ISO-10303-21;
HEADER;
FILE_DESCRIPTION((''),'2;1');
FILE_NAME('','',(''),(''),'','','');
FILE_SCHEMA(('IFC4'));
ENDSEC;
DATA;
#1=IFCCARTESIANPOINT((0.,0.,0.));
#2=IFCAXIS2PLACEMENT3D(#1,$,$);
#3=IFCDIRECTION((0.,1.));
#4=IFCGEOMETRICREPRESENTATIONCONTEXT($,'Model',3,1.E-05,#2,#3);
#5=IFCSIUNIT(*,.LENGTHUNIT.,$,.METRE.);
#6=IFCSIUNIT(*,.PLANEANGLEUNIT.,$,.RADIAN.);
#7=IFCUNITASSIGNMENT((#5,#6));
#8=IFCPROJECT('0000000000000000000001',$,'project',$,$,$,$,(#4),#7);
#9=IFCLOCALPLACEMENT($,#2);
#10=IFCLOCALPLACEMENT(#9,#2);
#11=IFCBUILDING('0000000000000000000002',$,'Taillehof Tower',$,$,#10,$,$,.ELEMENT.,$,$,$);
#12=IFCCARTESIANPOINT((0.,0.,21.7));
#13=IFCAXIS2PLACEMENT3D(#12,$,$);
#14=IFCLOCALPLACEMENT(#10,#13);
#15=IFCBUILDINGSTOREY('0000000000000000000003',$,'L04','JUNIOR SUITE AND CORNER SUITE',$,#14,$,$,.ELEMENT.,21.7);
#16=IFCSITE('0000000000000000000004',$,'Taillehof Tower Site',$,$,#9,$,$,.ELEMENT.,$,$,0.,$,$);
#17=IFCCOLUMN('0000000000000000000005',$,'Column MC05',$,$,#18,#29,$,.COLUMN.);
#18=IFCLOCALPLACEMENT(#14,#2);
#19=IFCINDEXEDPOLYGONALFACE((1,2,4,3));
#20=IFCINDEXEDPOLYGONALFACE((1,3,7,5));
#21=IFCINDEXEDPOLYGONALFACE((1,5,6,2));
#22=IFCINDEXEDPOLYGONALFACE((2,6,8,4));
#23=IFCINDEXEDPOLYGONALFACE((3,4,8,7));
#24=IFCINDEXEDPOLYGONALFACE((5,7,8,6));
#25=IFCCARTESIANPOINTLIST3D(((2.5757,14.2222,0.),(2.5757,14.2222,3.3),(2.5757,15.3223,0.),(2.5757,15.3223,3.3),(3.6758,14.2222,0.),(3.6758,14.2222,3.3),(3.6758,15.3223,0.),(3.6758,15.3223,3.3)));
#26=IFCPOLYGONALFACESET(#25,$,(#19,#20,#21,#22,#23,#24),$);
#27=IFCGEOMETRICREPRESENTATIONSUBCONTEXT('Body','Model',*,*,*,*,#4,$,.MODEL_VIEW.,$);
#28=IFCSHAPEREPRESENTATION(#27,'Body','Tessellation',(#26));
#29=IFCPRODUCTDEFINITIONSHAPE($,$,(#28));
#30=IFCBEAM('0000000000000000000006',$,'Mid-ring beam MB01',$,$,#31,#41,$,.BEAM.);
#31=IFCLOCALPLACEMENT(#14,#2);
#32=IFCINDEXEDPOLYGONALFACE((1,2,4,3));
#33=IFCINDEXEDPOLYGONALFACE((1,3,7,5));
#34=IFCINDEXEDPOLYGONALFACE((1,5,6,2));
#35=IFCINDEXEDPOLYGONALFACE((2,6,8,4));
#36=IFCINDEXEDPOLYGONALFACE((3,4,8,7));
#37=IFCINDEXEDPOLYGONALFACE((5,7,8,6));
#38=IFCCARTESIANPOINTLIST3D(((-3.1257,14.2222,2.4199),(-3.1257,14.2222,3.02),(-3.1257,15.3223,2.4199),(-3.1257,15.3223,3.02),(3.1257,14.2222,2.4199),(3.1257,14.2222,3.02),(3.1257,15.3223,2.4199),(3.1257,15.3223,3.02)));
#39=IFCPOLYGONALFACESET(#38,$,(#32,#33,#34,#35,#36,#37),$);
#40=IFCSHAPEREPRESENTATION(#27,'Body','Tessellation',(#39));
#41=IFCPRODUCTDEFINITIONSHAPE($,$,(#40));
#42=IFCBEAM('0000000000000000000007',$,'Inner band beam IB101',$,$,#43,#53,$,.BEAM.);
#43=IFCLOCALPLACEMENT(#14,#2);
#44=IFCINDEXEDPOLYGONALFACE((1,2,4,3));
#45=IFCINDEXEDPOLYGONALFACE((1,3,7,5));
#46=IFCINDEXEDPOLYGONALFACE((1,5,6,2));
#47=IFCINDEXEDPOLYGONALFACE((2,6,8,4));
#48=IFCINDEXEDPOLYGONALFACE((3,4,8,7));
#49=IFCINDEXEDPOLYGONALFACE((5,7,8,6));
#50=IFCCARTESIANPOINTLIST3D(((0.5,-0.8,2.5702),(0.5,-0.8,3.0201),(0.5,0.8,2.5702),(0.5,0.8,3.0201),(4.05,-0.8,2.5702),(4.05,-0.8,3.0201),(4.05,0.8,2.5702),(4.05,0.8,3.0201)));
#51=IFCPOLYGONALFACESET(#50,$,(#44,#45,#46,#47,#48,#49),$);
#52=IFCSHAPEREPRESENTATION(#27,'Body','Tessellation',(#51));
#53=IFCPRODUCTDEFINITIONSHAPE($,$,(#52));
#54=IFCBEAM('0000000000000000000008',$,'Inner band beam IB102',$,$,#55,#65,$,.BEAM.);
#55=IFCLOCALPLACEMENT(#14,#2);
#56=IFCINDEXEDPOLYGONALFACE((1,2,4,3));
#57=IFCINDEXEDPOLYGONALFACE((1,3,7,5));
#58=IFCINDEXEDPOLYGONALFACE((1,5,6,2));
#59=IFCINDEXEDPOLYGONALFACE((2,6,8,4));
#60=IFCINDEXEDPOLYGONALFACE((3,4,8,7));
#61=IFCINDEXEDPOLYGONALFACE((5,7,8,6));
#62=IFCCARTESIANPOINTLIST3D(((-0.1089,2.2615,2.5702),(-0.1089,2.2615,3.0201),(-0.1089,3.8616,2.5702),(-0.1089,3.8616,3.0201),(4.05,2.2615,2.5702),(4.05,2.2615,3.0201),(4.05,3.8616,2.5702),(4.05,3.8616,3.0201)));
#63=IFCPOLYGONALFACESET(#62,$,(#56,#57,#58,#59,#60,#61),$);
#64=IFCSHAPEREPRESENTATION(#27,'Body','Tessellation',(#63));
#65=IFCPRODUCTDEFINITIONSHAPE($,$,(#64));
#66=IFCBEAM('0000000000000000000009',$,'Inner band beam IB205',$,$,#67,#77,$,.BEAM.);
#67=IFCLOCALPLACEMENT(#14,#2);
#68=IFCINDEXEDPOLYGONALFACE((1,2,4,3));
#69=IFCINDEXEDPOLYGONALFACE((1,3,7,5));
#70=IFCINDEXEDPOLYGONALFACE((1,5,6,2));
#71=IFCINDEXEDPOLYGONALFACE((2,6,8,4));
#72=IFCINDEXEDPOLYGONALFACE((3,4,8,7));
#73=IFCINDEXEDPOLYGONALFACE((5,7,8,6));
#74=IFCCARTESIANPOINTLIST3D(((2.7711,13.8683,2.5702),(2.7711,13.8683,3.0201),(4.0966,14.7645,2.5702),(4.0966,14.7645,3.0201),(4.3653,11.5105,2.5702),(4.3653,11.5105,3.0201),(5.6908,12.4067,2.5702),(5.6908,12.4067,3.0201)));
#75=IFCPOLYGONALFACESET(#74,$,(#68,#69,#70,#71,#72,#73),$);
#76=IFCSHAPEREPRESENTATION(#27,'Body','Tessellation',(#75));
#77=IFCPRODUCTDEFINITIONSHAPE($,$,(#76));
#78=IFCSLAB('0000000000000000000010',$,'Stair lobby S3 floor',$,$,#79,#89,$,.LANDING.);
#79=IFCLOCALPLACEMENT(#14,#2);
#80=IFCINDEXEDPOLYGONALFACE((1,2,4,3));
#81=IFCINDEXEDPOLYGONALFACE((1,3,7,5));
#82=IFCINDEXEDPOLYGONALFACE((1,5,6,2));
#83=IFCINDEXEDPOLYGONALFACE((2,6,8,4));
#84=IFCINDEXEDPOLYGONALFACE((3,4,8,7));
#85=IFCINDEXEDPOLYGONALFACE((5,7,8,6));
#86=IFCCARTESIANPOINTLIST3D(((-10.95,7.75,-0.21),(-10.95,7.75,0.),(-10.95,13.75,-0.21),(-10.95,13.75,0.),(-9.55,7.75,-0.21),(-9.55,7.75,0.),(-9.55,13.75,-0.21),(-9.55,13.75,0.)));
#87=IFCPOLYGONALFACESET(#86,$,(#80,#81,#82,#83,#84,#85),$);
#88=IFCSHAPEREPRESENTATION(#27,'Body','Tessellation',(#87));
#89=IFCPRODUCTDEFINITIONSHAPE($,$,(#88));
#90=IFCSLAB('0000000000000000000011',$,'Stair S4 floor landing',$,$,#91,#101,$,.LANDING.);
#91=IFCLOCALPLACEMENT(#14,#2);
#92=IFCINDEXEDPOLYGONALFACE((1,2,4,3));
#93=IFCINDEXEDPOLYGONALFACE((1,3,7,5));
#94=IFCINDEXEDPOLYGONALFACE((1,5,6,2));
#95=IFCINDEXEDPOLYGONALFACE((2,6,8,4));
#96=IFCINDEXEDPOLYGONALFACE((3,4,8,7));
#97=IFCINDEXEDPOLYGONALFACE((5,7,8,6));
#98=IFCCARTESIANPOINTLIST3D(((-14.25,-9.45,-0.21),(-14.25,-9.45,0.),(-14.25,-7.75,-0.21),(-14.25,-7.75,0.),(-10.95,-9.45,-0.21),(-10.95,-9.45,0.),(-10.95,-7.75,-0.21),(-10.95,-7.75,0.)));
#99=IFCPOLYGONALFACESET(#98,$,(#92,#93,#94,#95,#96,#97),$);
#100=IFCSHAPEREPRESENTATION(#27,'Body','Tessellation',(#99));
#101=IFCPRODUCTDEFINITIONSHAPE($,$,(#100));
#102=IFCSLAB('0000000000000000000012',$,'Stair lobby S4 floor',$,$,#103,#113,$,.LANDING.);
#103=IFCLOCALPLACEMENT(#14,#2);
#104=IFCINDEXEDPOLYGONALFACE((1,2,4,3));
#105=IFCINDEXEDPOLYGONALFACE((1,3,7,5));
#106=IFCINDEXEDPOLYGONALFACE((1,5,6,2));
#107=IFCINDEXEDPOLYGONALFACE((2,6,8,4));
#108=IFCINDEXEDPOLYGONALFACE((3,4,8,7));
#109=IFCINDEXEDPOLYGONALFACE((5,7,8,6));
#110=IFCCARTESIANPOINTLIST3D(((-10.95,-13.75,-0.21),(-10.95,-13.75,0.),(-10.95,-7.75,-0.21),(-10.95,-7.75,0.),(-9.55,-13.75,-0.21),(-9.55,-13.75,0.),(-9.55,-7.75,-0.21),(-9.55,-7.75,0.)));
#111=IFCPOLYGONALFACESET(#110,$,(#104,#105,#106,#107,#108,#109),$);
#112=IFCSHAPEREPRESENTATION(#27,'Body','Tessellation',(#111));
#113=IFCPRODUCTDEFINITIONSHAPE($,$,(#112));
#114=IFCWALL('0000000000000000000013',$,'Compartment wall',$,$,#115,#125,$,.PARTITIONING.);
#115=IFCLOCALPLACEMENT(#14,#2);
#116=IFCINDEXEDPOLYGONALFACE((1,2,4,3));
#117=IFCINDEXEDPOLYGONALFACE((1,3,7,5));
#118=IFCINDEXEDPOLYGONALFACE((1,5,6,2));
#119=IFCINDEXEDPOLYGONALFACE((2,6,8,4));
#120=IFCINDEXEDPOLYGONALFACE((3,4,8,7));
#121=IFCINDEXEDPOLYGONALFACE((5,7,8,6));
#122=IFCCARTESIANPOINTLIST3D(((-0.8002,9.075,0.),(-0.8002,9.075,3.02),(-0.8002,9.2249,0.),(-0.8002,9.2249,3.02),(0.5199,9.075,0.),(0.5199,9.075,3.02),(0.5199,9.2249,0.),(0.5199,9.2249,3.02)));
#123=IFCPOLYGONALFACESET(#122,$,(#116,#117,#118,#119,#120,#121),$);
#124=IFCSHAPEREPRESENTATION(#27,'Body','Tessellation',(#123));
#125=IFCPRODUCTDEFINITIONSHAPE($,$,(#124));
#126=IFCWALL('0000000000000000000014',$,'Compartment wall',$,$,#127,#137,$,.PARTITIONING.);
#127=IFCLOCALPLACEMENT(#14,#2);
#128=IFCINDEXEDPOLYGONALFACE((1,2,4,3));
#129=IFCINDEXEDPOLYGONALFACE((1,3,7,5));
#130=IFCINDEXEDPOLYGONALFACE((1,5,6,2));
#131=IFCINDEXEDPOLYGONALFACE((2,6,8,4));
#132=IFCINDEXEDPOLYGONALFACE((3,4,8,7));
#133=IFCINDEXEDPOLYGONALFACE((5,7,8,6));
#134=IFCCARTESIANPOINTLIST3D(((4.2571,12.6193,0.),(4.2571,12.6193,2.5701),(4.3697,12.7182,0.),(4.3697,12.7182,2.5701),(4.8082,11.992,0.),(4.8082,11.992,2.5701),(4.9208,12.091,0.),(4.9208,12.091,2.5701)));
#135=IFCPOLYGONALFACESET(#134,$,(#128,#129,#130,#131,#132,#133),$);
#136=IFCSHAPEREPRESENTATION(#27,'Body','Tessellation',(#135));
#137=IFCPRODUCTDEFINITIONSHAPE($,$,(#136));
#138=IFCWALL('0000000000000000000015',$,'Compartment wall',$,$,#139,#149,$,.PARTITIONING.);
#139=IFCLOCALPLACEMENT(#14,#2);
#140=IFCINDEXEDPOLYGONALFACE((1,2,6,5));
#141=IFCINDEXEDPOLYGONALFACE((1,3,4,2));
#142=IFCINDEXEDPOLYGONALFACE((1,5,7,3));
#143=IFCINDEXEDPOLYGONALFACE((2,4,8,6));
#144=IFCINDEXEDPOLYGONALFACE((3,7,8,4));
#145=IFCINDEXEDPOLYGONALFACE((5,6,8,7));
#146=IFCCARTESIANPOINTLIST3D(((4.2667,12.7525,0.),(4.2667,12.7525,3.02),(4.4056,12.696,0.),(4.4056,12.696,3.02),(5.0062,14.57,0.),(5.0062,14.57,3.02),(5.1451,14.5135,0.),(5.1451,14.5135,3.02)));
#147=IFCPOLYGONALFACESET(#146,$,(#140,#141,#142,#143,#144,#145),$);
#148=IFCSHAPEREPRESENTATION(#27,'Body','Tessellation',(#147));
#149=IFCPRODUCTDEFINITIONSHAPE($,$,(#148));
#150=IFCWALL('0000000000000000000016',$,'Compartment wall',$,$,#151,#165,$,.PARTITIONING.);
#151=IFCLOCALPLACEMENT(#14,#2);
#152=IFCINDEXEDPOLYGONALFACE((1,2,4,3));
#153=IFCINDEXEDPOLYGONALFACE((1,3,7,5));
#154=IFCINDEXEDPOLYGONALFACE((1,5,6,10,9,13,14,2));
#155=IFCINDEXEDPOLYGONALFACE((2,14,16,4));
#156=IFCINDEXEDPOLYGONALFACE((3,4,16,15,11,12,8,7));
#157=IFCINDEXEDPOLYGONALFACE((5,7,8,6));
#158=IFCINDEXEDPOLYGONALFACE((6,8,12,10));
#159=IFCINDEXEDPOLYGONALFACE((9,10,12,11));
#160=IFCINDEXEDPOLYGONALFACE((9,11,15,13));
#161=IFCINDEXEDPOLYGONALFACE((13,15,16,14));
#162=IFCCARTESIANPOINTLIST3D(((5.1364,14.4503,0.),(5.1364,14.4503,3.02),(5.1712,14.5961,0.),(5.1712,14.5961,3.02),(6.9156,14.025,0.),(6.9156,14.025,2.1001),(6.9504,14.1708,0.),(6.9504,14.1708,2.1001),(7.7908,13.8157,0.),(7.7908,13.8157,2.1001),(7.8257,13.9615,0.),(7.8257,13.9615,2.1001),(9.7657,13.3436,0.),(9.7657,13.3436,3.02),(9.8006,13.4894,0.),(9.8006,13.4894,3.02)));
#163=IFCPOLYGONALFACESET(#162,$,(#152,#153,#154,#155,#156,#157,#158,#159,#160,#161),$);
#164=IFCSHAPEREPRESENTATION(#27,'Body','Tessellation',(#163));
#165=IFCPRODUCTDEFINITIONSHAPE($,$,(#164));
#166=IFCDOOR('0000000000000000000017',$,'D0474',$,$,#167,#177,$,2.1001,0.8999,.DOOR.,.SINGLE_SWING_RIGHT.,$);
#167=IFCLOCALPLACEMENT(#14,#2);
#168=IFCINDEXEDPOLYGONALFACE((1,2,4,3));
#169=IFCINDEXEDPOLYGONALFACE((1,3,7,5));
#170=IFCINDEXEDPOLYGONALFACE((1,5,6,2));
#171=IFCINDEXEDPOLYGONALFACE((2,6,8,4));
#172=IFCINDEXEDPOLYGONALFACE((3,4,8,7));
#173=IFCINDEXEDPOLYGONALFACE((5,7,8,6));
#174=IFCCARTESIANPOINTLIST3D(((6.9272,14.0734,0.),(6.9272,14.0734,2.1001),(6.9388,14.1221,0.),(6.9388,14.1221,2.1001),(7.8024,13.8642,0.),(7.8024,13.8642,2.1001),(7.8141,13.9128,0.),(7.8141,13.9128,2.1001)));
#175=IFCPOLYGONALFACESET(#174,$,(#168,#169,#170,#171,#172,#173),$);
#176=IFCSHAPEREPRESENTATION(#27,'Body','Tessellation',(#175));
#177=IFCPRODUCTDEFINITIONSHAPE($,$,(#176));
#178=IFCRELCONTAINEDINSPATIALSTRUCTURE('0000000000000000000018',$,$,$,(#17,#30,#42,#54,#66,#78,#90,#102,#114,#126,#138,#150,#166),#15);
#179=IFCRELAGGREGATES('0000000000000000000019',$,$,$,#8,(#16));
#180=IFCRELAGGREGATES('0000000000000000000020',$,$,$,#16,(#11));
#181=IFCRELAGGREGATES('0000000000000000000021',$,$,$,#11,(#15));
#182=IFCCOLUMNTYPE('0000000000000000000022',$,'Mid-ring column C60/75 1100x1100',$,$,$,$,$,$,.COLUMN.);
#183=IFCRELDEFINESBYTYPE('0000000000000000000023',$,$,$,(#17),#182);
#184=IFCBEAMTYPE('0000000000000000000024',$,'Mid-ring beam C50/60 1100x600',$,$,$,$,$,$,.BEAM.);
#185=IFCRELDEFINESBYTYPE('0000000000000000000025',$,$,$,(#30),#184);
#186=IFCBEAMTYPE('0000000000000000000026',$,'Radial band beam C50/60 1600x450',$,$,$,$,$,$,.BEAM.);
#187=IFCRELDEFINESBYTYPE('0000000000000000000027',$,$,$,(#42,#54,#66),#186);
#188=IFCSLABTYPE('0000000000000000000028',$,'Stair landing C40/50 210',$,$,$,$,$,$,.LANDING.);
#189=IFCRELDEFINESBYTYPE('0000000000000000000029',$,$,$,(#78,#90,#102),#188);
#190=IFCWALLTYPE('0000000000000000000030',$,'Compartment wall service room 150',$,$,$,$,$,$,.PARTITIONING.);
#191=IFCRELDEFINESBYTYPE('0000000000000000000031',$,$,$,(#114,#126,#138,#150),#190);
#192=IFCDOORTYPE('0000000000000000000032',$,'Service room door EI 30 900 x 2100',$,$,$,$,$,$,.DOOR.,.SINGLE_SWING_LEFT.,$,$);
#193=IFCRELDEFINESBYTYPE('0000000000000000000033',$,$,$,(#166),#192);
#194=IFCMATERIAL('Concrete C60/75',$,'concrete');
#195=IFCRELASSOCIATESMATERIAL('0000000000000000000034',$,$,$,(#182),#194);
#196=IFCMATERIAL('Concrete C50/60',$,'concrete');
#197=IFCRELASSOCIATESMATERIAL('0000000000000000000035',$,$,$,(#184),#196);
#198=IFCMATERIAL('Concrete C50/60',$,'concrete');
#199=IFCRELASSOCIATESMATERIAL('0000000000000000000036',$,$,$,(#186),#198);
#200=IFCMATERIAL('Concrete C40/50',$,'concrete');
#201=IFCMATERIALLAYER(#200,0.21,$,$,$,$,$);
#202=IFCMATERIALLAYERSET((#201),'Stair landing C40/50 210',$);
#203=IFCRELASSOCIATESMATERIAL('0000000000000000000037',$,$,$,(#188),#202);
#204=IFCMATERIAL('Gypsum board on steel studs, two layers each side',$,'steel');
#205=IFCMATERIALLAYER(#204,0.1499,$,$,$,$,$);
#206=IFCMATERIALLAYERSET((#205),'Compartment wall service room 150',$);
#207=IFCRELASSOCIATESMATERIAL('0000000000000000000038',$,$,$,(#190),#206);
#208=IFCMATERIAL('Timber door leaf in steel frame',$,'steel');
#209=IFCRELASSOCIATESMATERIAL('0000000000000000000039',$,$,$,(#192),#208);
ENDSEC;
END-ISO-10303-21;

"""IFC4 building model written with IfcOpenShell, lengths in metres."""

from ifc_helpers import new_model, si_unit, direction, frame, frame_2d, origin, origin_2d, place, context, subcontext, project, spatial, polyline, rectangle, outline, extrude, material, layer, layer_set, material_profile, profile_set, type_object, element, fill, save


model = new_model("IFC4")

# Units and contexts
model_context = context("Model", 3, precision=1e-05, world=origin(), true_north=direction((0.0, 1.0)))
body_context = subcontext(model_context, "Body", "Model", "MODEL_VIEW")
ifc_project = project(units=[si_unit("LENGTHUNIT", "METRE"), si_unit("PLANEANGLEUNIT", "RADIAN")], contexts=[model_context])

# Site, building, storey
site_placement = place(None, origin())
site = spatial("IfcSite", under=ifc_project, at=site_placement, Name="Taillehof Tower Site", CompositionType="ELEMENT", RefElevation=0.0)
building_placement = place(site_placement, origin())
building = spatial("IfcBuilding", under=site, at=building_placement, Name="Taillehof Tower", CompositionType="ELEMENT")
storey_placement = place(building_placement, frame((0.0, 0.0, 21.7)))
storey = spatial("IfcBuildingStorey", under=building, at=storey_placement, Name="L04", Description="JUNIOR SUITE AND CORNER SUITE", CompositionType="ELEMENT", Elevation=21.7)

# Column
ifc_material_1 = material(Name="Concrete C60/75", Category="concrete")
ifc_material_profile_1 = material_profile(ifc_material_1, rectangle(XDim=1.1001, YDim=1.1001, at=origin_2d()), Name="RC 1100x1100")
ifc_profile_set_1 = profile_set([ifc_material_profile_1], Name="Concrete C60/75")
column_type = type_object("IfcColumnType", Name="Mid-ring column C60/75 1100x1100", PredefinedType="COLUMN", material=ifc_profile_set_1)
column_placement = place(storey_placement, frame((3.1257, 14.7722, 0.0), z_axis=(0.0, 0.0, 1.0), x_axis=(1.0, 0.0, 0.0)))
element("IfcColumn", 1, at=column_placement, inside=storey, type_object=column_type, Name="Column MC05", PredefinedType="COLUMN", context=body_context, shape_type="SweptSolid", body=[
    extrude(rectangle(XDim=1.1001, YDim=1.1001, at=origin_2d()), origin(), (0.0, 0.0, 1.0), 3.3),
])

# Beams
ifc_material_2 = material(Name="Concrete C50/60", Category="concrete")
ifc_material_profile_2 = material_profile(ifc_material_2, rectangle(XDim=1.1001, YDim=0.6001, at=origin_2d()), Name="RC 1100x600")
ifc_profile_set_2 = profile_set([ifc_material_profile_2], Name="Concrete C50/60")
beam_type_1 = type_object("IfcBeamType", Name="Mid-ring beam C50/60 1100x600", PredefinedType="BEAM", material=ifc_profile_set_2)
beam_1_placement = place(storey_placement, frame((3.1257, 14.7722, 2.72), z_axis=(-1.0, 0.0, 0.0), x_axis=(0.0, -1.0, 0.0)))
element("IfcBeam", 2, at=beam_1_placement, inside=storey, type_object=beam_type_1, Name="Mid-ring beam MB01", PredefinedType="BEAM", context=body_context, shape_type="SweptSolid", body=[
    extrude(rectangle(XDim=1.1001, YDim=0.6001, at=origin_2d()), origin(), (0.0, 0.0, 1.0), 6.2515),
])
ifc_material_3 = material(Name="Concrete C50/60", Category="concrete")
ifc_material_profile_3 = material_profile(ifc_material_3, rectangle(XDim=1.6001, YDim=0.45, at=origin_2d()), Name="RC 1600x450")
ifc_profile_set_3 = profile_set([ifc_material_profile_3], Name="Concrete C50/60")
beam_type_2 = type_object("IfcBeamType", Name="Radial band beam C50/60 1600x450", PredefinedType="BEAM", material=ifc_profile_set_3)
beam_2_placement = place(storey_placement, frame((0.5, 0.0, 2.7952), z_axis=(1.0, 0.0, 0.0), x_axis=(0.0, 1.0, 0.0)))
element("IfcBeam", 3, at=beam_2_placement, inside=storey, type_object=beam_type_2, Name="Inner band beam IB101", PredefinedType="BEAM", context=body_context, shape_type="SweptSolid", body=[
    extrude(rectangle(XDim=1.6001, YDim=0.45, at=origin_2d()), origin(), (0.0, 0.0, 1.0), 3.55),
])
beam_3_placement = place(storey_placement, frame((-0.1089, 3.0615, 2.7952), z_axis=(1.0, 0.0, 0.0), x_axis=(0.0, 1.0, 0.0)))
element("IfcBeam", 4, at=beam_3_placement, inside=storey, type_object=beam_type_2, Name="Inner band beam IB102", PredefinedType="BEAM", context=body_context, shape_type="SweptSolid", body=[
    extrude(rectangle(XDim=1.6001, YDim=0.45, at=origin_2d()), origin(), (0.0, 0.0, 1.0), 4.1589),
])
beam_4_placement = place(storey_placement, frame((3.4338, 14.3164, 2.7952), z_axis=(0.560112, -0.828417, 0.0), x_axis=(0.828417, 0.560112, 0.0)))
element("IfcBeam", 5, at=beam_4_placement, inside=storey, type_object=beam_type_2, Name="Inner band beam IB205", PredefinedType="BEAM", context=body_context, shape_type="SweptSolid", body=[
    extrude(rectangle(XDim=1.6001, YDim=0.45, at=origin_2d()), origin(), (0.0, 0.0, 1.0), 2.8462),
])

# Slabs
ifc_material_4 = material(Name="Concrete C40/50", Category="concrete")
ifc_layer_1 = layer(ifc_material_4, 0.21)
ifc_layer_set_1 = layer_set([ifc_layer_1], Name="Stair landing C40/50 210")
slab_type = type_object("IfcSlabType", Name="Stair landing C40/50 210", PredefinedType="LANDING", material=ifc_layer_set_1)
slab_1_placement = place(storey_placement, frame((0.0, 0.0, -0.21)))
element("IfcSlab", 6, at=slab_1_placement, inside=storey, type_object=slab_type, Name="Stair lobby S3 floor", PredefinedType="LANDING", context=body_context, shape_type="SweptSolid", body=[
    extrude(outline(polyline([(-10.95, 7.75), (-9.55, 7.75), (-9.55, 13.75), (-10.95, 13.75), (-10.95, 7.75)])), origin(), (0.0, 0.0, 1.0), 0.21),
])
slab_2_placement = place(storey_placement, frame((0.0, 0.0, -0.21)))
element("IfcSlab", 7, at=slab_2_placement, inside=storey, type_object=slab_type, Name="Stair S4 floor landing", PredefinedType="LANDING", context=body_context, shape_type="SweptSolid", body=[
    extrude(outline(polyline([(-14.25, -7.75), (-14.25, -9.45), (-10.95, -9.45), (-10.95, -7.75), (-14.25, -7.75)])), origin(), (0.0, 0.0, 1.0), 0.21),
])
slab_3_placement = place(storey_placement, frame((0.0, 0.0, -0.21)))
element("IfcSlab", 8, at=slab_3_placement, inside=storey, type_object=slab_type, Name="Stair lobby S4 floor", PredefinedType="LANDING", context=body_context, shape_type="SweptSolid", body=[
    extrude(outline(polyline([(-10.95, -13.75), (-9.55, -13.75), (-9.55, -7.75), (-10.95, -7.75), (-10.95, -13.75)])), origin(), (0.0, 0.0, 1.0), 0.21),
])

# Walls
ifc_material_5 = material(Name="Gypsum board on steel studs, two layers each side", Category="steel")
ifc_layer_2 = layer(ifc_material_5, 0.1499)
ifc_layer_set_2 = layer_set([ifc_layer_2], Name="Compartment wall service room 150")
wall_type_1 = type_object("IfcWallType", Name="Compartment wall service room 150", PredefinedType="PARTITIONING", material=ifc_layer_set_2)
wall_1_placement = place(storey_placement, frame((0.52, 9.1499, 0.0), z_axis=(0.0, 0.0, 1.0), x_axis=(-1.0, 0.0, 0.0)))
element("IfcWall", 9, at=wall_1_placement, inside=storey, type_object=wall_type_1, Name="Compartment wall", PredefinedType="PARTITIONING", context=body_context, shape_type="SweptSolid", body=[
    extrude(rectangle(XDim=1.3201, YDim=0.1499, at=frame_2d((0.6602, 0.0))), origin(), (0.0, 0.0, 1.0), 3.02),
])
wall_2_placement = place(storey_placement, frame((4.8645, 12.0415, 0.0), z_axis=(0.0, 0.0, 1.0), x_axis=(-0.660015, 0.751253, 0.0)))
element("IfcWall", 10, at=wall_2_placement, inside=storey, type_object=wall_type_1, Name="Compartment wall", PredefinedType="PARTITIONING", context=body_context, shape_type="SweptSolid", body=[
    extrude(rectangle(XDim=0.835, YDim=0.1499, at=frame_2d((0.4175, 0.0))), origin(), (0.0, 0.0, 1.0), 2.5701),
])
wall_3_placement = place(storey_placement, frame((4.3362, 12.7244, 0.0), z_axis=(0.0, 0.0, 1.0), x_axis=(0.376898, 0.926255, 0.0)))
element("IfcWall", 11, at=wall_3_placement, inside=storey, type_object=wall_type_1, Name="Compartment wall", PredefinedType="PARTITIONING", context=body_context, shape_type="SweptSolid", body=[
    extrude(rectangle(XDim=1.9622, YDim=0.1499, at=frame_2d((0.981, 0.0))), origin(), (0.0, 0.0, 1.0), 3.02),
])

# Wall, opening, door
wall_4_placement = place(storey_placement, frame((5.1538, 14.5232, 0.0), z_axis=(0.0, 0.0, 1.0), x_axis=(0.972595, -0.232506, 0.0)))
wall_4 = element("IfcWall", 12, at=wall_4_placement, inside=storey, type_object=wall_type_1, Name="Compartment wall", PredefinedType="PARTITIONING", context=body_context, shape_type="SweptSolid", body=[
    extrude(rectangle(XDim=4.7598, YDim=0.1499, at=frame_2d((2.3799, 0.0))), origin(), (0.0, 0.0, 1.0), 3.02),
])
opening_1_placement = place(wall_4_placement, frame((1.8293, 0.0, 0.0)))
opening_1 = element("IfcOpeningElement", 13, at=opening_1_placement, cuts=wall_4, PredefinedType="OPENING", context=body_context, shape_type="SweptSolid", body=[
    extrude(rectangle(XDim=0.8999, YDim=2.1001, at=frame_2d((0.45, 1.05))), frame((0.0, 0.085, 0.0), z_axis=(0.0, -1.0, 0.0), x_axis=(1.0, 0.0, 0.0)), (0.0, 0.0, 1.0), 0.1699),
])
ifc_material_6 = material(Name="Timber door leaf in steel frame", Category="steel")
door_type_1 = type_object("IfcDoorType", Name="Service room door EI 30 900 x 2100", OperationType="SINGLE_SWING_LEFT", PredefinedType="DOOR", material=ifc_material_6)
door_1_placement = place(opening_1_placement, origin())
door_1 = element("IfcDoor", 14, at=door_1_placement, inside=storey, type_object=door_type_1, Name="D0474", OperationType="SINGLE_SWING_RIGHT", OverallHeight=2.1001, OverallWidth=0.8999, PredefinedType="DOOR", context=body_context, shape_type="SweptSolid", body=[
    extrude(rectangle(XDim=0.8999, YDim=2.1001, at=frame_2d((0.45, 1.05))), frame((0.0, 0.0249, 0.0), z_axis=(0.0, -1.0, 0.0), x_axis=(1.0, 0.0, 0.0)), (0.0, 0.0, 1.0), 0.05),
])
fill(opening_1, door_1)

save(model, "model.ifc")
